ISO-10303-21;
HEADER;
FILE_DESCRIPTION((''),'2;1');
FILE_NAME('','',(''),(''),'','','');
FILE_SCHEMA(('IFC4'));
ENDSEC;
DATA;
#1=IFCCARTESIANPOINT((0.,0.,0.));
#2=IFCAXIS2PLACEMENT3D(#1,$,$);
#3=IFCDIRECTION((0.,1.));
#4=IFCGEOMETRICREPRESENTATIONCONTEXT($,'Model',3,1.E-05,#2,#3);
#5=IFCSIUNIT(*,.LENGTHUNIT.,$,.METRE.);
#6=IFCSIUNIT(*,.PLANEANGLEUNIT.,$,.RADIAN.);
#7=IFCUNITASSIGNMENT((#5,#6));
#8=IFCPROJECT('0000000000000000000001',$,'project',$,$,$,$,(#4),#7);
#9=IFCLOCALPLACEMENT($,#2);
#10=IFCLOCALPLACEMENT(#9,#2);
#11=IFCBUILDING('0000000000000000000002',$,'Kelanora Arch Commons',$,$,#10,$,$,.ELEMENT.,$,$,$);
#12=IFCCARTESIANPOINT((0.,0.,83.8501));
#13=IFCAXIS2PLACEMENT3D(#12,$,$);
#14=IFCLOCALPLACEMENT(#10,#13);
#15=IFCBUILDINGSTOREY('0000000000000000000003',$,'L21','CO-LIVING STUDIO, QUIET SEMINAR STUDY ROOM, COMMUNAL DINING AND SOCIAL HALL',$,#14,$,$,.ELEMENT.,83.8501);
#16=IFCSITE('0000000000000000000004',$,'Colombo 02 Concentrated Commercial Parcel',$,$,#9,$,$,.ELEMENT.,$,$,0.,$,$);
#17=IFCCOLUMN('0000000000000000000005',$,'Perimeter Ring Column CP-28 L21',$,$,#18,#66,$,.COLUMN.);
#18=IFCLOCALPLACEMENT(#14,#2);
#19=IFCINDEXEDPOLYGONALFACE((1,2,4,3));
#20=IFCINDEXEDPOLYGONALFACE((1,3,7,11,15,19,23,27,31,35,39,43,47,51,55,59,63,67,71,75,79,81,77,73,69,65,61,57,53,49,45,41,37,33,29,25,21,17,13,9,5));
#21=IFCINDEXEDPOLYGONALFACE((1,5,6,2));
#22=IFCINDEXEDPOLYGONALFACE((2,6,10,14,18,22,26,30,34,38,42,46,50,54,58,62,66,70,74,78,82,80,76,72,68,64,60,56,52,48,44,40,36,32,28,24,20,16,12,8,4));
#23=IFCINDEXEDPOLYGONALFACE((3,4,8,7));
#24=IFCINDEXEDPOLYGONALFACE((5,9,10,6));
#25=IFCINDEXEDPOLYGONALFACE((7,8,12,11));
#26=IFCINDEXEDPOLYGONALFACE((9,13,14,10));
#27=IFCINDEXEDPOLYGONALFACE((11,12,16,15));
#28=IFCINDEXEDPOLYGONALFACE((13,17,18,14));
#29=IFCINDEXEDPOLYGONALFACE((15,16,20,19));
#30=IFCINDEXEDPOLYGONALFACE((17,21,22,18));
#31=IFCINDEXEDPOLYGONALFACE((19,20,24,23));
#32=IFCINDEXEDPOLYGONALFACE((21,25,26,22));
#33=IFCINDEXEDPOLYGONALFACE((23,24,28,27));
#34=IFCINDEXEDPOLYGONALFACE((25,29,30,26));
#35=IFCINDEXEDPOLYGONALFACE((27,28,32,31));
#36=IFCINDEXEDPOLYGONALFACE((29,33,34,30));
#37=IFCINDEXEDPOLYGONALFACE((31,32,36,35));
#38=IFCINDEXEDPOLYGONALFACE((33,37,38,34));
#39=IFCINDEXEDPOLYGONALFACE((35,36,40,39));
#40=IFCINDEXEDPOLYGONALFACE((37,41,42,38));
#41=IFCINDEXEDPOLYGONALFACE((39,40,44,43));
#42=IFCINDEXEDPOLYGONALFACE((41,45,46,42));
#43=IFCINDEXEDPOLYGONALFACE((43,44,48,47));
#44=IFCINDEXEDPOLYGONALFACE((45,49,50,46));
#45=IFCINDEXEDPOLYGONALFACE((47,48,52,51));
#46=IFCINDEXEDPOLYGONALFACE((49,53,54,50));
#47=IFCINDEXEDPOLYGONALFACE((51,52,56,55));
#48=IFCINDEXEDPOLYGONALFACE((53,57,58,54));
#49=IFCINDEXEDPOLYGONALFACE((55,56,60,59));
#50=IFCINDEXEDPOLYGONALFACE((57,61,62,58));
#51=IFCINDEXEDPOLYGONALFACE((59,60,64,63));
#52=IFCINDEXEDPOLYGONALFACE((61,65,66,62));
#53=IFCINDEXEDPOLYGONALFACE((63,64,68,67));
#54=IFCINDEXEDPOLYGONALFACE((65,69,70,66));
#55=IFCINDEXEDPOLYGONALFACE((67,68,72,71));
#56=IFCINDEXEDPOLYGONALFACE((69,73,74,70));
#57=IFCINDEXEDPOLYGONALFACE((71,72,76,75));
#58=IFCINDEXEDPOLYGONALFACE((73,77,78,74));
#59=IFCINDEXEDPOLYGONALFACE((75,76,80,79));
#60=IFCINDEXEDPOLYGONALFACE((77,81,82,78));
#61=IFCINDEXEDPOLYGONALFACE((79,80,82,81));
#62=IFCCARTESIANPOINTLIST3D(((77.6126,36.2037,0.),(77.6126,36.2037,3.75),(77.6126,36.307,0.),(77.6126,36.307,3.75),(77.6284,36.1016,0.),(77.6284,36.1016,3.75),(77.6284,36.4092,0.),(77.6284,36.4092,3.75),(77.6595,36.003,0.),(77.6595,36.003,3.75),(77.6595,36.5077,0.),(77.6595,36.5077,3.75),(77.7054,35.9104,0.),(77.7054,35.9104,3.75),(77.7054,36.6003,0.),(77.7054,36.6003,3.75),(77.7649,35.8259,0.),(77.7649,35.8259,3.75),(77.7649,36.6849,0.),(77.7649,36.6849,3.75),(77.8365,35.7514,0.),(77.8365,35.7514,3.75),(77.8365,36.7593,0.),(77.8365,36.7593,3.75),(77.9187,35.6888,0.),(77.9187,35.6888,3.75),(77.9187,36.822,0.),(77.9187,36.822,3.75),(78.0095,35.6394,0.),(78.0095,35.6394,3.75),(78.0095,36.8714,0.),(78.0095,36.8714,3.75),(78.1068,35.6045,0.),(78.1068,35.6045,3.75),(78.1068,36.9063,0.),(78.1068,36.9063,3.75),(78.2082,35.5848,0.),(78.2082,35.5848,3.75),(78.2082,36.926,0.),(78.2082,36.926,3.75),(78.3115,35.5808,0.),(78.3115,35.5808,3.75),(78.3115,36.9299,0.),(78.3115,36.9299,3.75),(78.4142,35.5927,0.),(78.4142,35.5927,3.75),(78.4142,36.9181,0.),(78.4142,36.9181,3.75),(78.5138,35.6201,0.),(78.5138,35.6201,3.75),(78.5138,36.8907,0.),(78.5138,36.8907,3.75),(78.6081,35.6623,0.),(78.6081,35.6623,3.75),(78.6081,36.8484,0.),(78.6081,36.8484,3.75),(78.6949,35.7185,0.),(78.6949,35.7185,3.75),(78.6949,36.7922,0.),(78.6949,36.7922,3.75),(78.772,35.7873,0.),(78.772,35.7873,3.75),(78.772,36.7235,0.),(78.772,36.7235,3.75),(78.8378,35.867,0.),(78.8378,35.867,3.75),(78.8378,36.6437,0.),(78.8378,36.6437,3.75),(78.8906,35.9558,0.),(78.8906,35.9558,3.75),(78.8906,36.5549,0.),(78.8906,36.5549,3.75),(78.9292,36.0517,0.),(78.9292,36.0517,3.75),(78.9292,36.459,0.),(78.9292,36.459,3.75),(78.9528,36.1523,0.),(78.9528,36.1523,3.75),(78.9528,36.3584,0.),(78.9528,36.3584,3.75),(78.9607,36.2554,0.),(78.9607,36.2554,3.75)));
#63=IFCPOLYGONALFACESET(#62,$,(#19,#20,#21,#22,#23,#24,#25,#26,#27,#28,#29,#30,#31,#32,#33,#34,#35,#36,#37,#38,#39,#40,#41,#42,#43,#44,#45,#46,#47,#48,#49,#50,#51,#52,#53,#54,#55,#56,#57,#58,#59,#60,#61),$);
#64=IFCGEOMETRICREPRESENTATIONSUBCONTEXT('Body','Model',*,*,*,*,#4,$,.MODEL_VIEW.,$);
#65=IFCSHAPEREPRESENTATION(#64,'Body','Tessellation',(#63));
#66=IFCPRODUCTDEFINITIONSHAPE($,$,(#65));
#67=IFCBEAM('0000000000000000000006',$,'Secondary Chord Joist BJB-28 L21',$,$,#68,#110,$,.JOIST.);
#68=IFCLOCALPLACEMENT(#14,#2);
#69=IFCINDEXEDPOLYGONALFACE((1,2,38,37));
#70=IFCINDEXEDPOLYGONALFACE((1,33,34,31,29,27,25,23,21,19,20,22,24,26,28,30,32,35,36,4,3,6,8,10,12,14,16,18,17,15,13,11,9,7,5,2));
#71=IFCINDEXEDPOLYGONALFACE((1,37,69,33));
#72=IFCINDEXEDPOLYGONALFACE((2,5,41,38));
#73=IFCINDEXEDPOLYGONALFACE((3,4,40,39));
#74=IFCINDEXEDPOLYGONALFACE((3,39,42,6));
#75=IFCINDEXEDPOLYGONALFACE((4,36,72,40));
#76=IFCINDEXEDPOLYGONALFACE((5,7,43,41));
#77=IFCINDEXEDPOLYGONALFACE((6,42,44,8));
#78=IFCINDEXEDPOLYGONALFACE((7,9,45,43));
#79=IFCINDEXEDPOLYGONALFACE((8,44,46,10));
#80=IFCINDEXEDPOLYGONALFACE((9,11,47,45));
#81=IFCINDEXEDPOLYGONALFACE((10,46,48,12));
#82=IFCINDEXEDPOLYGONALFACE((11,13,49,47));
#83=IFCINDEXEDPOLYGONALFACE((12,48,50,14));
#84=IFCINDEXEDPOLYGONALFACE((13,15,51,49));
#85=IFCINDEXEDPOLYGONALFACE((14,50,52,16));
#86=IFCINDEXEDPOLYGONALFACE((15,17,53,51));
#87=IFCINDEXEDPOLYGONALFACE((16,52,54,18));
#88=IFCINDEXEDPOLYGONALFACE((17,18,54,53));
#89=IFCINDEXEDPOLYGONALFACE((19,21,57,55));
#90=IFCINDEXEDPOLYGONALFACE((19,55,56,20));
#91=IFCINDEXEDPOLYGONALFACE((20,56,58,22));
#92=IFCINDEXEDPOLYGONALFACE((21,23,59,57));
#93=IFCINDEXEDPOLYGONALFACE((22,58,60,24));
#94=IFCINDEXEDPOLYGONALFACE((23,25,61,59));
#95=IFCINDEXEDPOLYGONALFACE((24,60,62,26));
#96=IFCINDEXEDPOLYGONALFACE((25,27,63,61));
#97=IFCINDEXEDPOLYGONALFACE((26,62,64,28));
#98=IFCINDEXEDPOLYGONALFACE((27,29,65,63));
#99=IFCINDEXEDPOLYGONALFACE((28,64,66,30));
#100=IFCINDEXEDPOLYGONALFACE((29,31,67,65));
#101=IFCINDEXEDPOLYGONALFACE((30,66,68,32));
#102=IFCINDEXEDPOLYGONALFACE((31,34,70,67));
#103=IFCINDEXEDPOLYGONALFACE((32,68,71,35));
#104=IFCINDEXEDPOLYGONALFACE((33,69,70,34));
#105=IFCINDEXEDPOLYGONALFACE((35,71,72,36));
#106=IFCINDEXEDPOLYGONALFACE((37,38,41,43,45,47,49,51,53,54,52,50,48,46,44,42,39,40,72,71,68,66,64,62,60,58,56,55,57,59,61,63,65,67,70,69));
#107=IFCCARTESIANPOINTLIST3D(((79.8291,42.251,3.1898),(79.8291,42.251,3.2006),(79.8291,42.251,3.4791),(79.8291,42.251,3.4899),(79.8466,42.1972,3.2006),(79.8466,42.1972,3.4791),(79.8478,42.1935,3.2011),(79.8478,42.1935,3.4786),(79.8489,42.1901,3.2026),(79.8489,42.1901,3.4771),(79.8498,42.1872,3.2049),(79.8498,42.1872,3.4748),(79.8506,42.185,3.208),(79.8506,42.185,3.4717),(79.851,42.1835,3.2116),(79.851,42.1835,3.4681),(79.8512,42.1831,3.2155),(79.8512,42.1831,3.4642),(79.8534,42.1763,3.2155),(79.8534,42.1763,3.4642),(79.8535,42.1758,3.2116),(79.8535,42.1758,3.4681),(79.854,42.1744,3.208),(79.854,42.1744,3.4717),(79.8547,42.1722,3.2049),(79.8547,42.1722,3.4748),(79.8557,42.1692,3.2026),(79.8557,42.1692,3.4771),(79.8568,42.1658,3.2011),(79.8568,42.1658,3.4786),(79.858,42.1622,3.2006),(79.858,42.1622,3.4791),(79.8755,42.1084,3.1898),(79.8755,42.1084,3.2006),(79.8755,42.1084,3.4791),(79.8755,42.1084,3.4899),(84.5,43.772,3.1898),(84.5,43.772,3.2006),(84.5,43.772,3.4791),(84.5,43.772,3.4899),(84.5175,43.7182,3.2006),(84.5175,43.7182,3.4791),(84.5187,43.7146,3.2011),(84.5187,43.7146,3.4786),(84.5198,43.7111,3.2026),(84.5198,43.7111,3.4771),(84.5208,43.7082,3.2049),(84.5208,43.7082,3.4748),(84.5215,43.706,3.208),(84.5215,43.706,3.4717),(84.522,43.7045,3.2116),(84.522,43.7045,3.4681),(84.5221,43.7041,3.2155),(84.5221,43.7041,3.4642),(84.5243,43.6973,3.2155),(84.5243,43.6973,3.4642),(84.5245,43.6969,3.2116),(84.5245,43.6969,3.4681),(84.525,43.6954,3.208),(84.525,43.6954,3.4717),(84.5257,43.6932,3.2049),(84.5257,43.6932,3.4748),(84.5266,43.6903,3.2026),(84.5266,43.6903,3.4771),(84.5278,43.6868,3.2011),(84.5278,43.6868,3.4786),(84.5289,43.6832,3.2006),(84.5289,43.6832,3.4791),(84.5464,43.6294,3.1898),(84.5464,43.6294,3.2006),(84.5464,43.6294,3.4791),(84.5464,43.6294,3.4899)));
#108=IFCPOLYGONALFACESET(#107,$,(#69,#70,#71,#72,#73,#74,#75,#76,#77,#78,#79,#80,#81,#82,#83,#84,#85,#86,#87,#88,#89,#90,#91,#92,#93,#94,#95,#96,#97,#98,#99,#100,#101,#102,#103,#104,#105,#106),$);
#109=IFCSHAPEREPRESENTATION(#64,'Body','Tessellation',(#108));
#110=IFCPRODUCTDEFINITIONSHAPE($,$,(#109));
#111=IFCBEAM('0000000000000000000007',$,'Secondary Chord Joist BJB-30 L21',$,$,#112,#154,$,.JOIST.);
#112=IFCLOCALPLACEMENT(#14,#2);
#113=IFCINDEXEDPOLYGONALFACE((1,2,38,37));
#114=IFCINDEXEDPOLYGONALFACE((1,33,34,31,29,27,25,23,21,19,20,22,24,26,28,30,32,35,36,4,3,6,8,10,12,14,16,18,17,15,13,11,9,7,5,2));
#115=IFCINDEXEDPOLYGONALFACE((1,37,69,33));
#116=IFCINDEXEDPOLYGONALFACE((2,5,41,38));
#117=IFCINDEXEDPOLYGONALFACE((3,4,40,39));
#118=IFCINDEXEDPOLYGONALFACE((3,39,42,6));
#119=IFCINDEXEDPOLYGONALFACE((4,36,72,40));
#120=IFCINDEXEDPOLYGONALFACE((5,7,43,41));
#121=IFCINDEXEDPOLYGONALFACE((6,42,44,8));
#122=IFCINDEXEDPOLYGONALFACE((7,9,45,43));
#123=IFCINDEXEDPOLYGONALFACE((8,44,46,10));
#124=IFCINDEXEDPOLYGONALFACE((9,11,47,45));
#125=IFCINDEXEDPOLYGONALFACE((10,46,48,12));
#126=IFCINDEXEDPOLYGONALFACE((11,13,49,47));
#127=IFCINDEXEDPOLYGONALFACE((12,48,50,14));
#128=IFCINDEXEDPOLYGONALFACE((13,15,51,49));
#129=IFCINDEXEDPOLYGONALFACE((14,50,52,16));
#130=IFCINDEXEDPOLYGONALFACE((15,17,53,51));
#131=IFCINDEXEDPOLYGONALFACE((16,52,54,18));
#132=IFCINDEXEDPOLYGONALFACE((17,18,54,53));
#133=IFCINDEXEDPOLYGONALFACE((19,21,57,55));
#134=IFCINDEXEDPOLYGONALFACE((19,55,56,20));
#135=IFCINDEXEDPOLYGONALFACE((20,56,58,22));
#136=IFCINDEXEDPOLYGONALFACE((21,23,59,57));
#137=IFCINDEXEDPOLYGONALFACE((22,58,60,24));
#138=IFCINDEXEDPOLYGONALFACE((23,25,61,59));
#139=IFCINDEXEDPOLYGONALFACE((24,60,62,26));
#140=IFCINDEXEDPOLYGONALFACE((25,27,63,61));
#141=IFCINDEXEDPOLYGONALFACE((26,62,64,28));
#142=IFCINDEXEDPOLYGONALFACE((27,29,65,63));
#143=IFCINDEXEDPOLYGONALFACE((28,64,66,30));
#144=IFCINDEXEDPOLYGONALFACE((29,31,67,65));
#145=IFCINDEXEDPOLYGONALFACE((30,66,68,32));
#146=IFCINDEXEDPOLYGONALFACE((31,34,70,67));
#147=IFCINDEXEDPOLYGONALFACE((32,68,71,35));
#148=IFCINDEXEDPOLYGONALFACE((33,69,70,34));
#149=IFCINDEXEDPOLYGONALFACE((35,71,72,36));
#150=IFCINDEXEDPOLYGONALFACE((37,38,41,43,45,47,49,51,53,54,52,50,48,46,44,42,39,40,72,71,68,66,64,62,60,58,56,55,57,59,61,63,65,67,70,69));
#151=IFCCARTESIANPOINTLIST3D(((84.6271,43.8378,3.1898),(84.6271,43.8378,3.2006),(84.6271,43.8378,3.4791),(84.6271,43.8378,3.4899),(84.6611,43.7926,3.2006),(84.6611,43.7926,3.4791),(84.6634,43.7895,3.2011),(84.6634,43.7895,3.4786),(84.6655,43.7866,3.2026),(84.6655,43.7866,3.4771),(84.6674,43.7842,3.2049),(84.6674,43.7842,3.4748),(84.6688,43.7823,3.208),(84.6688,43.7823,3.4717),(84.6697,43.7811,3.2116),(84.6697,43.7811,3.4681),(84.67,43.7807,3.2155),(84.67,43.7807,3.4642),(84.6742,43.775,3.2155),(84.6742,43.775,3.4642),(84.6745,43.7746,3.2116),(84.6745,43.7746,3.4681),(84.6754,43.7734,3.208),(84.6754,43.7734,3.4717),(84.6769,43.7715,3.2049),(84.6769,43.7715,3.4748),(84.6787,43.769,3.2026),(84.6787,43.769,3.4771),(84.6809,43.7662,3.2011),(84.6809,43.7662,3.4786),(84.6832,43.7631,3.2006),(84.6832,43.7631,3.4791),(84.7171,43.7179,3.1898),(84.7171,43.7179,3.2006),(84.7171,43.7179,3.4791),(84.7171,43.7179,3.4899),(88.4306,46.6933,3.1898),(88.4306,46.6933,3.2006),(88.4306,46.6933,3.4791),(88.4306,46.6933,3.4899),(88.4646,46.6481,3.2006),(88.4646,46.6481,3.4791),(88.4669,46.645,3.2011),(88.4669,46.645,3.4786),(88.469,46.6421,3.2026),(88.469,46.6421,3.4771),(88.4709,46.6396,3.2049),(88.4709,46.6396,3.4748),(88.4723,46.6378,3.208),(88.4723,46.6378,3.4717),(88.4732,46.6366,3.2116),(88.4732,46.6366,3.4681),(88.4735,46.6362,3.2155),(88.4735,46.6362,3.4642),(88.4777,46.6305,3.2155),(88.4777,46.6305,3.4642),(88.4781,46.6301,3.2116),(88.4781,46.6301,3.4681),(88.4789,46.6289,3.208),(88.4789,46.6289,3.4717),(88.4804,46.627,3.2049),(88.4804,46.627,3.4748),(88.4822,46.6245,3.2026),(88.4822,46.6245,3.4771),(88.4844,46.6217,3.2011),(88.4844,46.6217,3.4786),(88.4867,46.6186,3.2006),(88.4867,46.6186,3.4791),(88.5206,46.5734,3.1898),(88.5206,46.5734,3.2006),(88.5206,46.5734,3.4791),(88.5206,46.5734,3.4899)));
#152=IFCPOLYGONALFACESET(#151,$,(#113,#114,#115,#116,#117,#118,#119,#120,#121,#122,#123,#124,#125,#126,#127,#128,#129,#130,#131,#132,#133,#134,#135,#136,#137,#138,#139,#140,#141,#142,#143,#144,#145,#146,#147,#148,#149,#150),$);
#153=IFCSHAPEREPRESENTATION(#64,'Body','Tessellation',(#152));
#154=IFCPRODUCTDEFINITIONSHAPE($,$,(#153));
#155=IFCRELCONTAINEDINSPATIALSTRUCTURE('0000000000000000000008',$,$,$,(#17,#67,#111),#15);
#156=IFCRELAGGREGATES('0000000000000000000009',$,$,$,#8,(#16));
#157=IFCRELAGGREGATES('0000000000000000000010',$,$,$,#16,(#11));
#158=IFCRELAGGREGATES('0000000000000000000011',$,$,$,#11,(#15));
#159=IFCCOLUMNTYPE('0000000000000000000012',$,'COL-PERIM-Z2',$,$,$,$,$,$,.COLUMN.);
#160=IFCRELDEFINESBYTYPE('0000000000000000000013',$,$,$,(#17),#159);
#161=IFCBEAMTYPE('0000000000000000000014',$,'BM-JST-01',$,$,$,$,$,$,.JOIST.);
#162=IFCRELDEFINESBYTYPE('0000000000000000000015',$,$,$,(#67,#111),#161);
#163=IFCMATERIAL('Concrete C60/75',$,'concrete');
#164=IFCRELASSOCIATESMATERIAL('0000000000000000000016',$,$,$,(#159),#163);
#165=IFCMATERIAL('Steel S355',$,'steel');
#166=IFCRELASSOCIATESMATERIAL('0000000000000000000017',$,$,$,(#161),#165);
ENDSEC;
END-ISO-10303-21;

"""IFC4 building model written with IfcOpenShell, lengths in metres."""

from ifc_helpers import new_model, si_unit, direction, frame, origin, origin_2d, place, context, subcontext, project, spatial, circle, i_section, extrude, material, material_profile, profile_set, type_object, element, save


model = new_model("IFC4")

# Units and contexts
model_context = context("Model", 3, precision=1e-05, world=origin(), true_north=direction((0.0, 1.0)))
body_context = subcontext(model_context, "Body", "Model", "MODEL_VIEW")
ifc_project = project(units=[si_unit("LENGTHUNIT", "METRE"), si_unit("PLANEANGLEUNIT", "RADIAN")], contexts=[model_context])

# Site, building, storey
site_placement = place(None, origin())
site = spatial("IfcSite", under=ifc_project, at=site_placement, Name="Colombo 02 Concentrated Commercial Parcel", CompositionType="ELEMENT", RefElevation=0.0)
building_placement = place(site_placement, origin())
building = spatial("IfcBuilding", under=site, at=building_placement, Name="Kelanora Arch Commons", CompositionType="ELEMENT")
storey_placement = place(building_placement, frame((0.0, 0.0, 83.8501)))
storey = spatial("IfcBuildingStorey", under=building, at=storey_placement, Name="L21", Description="CO-LIVING STUDIO, QUIET SEMINAR STUDY ROOM, COMMUNAL DINING AND SOCIAL HALL", CompositionType="ELEMENT", Elevation=83.8501)

# Column
ifc_material_1 = material(Name="Concrete C60/75", Category="concrete")
ifc_material_profile_1 = material_profile(ifc_material_1, circle(Radius=0.675, at=origin_2d()), Name="RCC1350")
ifc_profile_set_1 = profile_set([ifc_material_profile_1], Name="Concrete C60/75")
column_type = type_object("IfcColumnType", Name="COL-PERIM-Z2", PredefinedType="COLUMN", material=ifc_profile_set_1)
column_placement = place(storey_placement, frame((78.2856, 36.2554, 0.0), z_axis=(0.0, 0.0, 1.0), x_axis=(1.0, 0.0, 0.0)))
element("IfcColumn", 1, at=column_placement, inside=storey, type_object=column_type, Name="Perimeter Ring Column CP-28 L21", PredefinedType="COLUMN", context=body_context, shape_type="SweptSolid", body=[
    extrude(circle(Radius=0.675, at=origin_2d()), origin(), (0.0, 0.0, 1.0), 3.75),
])

# Beams
ifc_material_2 = material(Name="Steel S355", Category="steel")
ifc_material_profile_2 = material_profile(ifc_material_2, i_section(OverallWidth=0.1499, OverallDepth=0.3, WebThickness=0.0071, FlangeThickness=0.0107, FilletRadius=0.0149, at=origin_2d()), Name="IPE300")
ifc_profile_set_2 = profile_set([ifc_material_profile_2], Name="Steel S355")
beam_type_1 = type_object("IfcBeamType", Name="BM-JST-01", PredefinedType="JOIST", material=ifc_profile_set_2)
beam_1_placement = place(storey_placement, frame((79.8523, 42.1797, 3.3398), z_axis=(0.950857, 0.30963, 0.0), x_axis=(-0.30963, 0.950857, 0.0)))
element("IfcBeam", 2, at=beam_1_placement, inside=storey, type_object=beam_type_1, Name="Secondary Chord Joist BJB-28 L21", PredefinedType="JOIST", context=body_context, shape_type="SweptSolid", body=[
    extrude(i_section(OverallWidth=0.1499, OverallDepth=0.3, WebThickness=0.0071, FlangeThickness=0.0107, FilletRadius=0.0149, at=origin_2d()), origin(), (0.0, 0.0, 1.0), 4.9124),
])
beam_2_placement = place(storey_placement, frame((84.6721, 43.7778, 3.3398), z_axis=(0.79971, 0.600386, 0.0), x_axis=(-0.600386, 0.79971, 0.0)))
element("IfcBeam", 3, at=beam_2_placement, inside=storey, type_object=beam_type_1, Name="Secondary Chord Joist BJB-30 L21", PredefinedType="JOIST", context=body_context, shape_type="SweptSolid", body=[
    extrude(i_section(OverallWidth=0.1499, OverallDepth=0.3, WebThickness=0.0071, FlangeThickness=0.0107, FilletRadius=0.0149, at=origin_2d()), origin(), (0.0, 0.0, 1.0), 4.7561),
])

save(model, "model.ifc")
